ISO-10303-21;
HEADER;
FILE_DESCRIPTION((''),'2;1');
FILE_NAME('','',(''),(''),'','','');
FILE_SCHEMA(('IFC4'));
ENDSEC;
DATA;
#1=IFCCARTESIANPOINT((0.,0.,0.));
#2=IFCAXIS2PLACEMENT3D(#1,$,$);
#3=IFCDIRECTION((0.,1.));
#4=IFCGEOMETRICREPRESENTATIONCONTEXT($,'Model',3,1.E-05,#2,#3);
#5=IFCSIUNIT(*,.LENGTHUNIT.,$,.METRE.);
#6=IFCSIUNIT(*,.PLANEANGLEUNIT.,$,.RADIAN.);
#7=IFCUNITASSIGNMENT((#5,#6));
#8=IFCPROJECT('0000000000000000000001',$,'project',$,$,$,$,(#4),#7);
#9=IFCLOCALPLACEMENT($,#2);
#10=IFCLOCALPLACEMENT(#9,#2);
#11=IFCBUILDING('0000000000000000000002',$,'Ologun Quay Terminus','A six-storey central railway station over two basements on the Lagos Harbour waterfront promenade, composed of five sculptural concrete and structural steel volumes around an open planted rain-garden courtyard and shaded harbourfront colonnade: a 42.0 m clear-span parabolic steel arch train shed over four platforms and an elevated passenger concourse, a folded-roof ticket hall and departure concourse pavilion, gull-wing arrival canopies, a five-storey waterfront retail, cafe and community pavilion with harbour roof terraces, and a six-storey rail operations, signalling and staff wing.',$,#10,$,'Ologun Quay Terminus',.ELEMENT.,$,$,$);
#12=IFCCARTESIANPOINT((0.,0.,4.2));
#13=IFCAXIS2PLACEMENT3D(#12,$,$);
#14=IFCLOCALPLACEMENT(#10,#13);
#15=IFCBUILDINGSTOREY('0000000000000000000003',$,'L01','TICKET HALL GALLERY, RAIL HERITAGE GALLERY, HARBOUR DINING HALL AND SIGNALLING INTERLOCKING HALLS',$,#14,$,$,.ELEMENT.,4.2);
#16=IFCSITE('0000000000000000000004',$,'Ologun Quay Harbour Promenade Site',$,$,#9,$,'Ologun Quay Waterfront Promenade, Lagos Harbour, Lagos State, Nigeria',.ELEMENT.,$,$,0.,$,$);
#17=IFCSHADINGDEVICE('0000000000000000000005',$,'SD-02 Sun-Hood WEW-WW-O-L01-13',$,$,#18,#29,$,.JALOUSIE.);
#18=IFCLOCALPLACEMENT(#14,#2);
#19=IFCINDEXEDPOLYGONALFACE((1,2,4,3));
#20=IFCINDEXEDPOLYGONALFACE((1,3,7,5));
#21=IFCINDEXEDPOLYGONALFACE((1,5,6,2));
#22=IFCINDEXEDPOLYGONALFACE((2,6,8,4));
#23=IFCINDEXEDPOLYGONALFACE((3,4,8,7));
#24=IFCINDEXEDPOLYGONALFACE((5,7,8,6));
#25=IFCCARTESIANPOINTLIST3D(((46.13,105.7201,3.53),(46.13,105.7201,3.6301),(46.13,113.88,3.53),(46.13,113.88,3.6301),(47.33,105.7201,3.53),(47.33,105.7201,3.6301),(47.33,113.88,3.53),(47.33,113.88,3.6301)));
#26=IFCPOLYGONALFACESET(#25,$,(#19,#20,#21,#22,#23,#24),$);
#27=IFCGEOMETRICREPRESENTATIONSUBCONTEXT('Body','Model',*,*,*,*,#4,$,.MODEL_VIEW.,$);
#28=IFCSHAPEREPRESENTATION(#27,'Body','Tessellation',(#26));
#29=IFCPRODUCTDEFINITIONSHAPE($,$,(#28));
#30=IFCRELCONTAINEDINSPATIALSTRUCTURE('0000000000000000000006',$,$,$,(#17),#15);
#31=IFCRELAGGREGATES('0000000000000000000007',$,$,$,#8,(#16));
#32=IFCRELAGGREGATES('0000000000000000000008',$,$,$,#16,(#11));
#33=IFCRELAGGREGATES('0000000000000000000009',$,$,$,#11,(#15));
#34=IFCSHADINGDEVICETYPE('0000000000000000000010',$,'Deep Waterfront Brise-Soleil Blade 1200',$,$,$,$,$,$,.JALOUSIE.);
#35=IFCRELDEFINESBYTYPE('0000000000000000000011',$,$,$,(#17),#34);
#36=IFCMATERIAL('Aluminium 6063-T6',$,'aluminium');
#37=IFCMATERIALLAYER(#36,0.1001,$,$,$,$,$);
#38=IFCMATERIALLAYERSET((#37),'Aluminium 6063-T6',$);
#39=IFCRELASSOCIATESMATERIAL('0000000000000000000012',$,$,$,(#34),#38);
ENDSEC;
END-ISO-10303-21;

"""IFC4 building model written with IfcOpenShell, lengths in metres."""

from ifc_helpers import new_model, si_unit, direction, frame, origin, origin_2d, place, context, subcontext, project, spatial, rectangle, extrude, material, layer, layer_set, type_object, element, save


model = new_model("IFC4")

# Units and contexts
model_context = context("Model", 3, precision=1e-05, world=origin(), true_north=direction((0.0, 1.0)))
body_context = subcontext(model_context, "Body", "Model", "MODEL_VIEW")
ifc_project = project(units=[si_unit("LENGTHUNIT", "METRE"), si_unit("PLANEANGLEUNIT", "RADIAN")], contexts=[model_context])

# Site, building, storey
site_placement = place(None, origin())
site = spatial("IfcSite", under=ifc_project, at=site_placement, Name="Ologun Quay Harbour Promenade Site", LongName="Ologun Quay Waterfront Promenade, Lagos Harbour, Lagos State, Nigeria", CompositionType="ELEMENT", RefElevation=0.0)
building_placement = place(site_placement, origin())
building = spatial("IfcBuilding", under=site, at=building_placement, Name="Ologun Quay Terminus", Description="A six-storey central railway station over two basements on the Lagos Harbour waterfront promenade, composed of five sculptural concrete and structural steel volumes around an open planted rain-garden courtyard and shaded harbourfront colonnade: a 42.0 m clear-span parabolic steel arch train shed over four platforms and an elevated passenger concourse, a folded-roof ticket hall and departure concourse pavilion, gull-wing arrival canopies, a five-storey waterfront retail, cafe and community pavilion with harbour roof terraces, and a six-storey rail operations, signalling and staff wing.", LongName="Ologun Quay Terminus", CompositionType="ELEMENT")
storey_placement = place(building_placement, frame((0.0, 0.0, 4.2)))
storey = spatial("IfcBuildingStorey", under=building, at=storey_placement, Name="L01", Description="TICKET HALL GALLERY, RAIL HERITAGE GALLERY, HARBOUR DINING HALL AND SIGNALLING INTERLOCKING HALLS", CompositionType="ELEMENT", Elevation=4.2)

# Shading device
ifc_material_1 = material(Name="Aluminium 6063-T6", Category="aluminium")
ifc_layer_1 = layer(ifc_material_1, 0.1001)
ifc_layer_set_1 = layer_set([ifc_layer_1], Name="Aluminium 6063-T6")
shading_device_type = type_object("IfcShadingDeviceType", Name="Deep Waterfront Brise-Soleil Blade 1200", PredefinedType="JALOUSIE", material=ifc_layer_set_1)
shading_device_1_placement = place(storey_placement, frame((46.73, 109.8, 3.53), z_axis=(0.0, 0.0, 1.0), x_axis=(1.0, 0.0, 0.0)))
element("IfcShadingDevice", 1, at=shading_device_1_placement, inside=storey, type_object=shading_device_type, Name="SD-02 Sun-Hood WEW-WW-O-L01-13", PredefinedType="JALOUSIE", context=body_context, shape_type="SweptSolid", body=[
    extrude(rectangle(XDim=1.2, YDim=8.1599, at=origin_2d()), origin(), (0.0, 0.0, 1.0), 0.1001),
])

save(model, "model.ifc")
